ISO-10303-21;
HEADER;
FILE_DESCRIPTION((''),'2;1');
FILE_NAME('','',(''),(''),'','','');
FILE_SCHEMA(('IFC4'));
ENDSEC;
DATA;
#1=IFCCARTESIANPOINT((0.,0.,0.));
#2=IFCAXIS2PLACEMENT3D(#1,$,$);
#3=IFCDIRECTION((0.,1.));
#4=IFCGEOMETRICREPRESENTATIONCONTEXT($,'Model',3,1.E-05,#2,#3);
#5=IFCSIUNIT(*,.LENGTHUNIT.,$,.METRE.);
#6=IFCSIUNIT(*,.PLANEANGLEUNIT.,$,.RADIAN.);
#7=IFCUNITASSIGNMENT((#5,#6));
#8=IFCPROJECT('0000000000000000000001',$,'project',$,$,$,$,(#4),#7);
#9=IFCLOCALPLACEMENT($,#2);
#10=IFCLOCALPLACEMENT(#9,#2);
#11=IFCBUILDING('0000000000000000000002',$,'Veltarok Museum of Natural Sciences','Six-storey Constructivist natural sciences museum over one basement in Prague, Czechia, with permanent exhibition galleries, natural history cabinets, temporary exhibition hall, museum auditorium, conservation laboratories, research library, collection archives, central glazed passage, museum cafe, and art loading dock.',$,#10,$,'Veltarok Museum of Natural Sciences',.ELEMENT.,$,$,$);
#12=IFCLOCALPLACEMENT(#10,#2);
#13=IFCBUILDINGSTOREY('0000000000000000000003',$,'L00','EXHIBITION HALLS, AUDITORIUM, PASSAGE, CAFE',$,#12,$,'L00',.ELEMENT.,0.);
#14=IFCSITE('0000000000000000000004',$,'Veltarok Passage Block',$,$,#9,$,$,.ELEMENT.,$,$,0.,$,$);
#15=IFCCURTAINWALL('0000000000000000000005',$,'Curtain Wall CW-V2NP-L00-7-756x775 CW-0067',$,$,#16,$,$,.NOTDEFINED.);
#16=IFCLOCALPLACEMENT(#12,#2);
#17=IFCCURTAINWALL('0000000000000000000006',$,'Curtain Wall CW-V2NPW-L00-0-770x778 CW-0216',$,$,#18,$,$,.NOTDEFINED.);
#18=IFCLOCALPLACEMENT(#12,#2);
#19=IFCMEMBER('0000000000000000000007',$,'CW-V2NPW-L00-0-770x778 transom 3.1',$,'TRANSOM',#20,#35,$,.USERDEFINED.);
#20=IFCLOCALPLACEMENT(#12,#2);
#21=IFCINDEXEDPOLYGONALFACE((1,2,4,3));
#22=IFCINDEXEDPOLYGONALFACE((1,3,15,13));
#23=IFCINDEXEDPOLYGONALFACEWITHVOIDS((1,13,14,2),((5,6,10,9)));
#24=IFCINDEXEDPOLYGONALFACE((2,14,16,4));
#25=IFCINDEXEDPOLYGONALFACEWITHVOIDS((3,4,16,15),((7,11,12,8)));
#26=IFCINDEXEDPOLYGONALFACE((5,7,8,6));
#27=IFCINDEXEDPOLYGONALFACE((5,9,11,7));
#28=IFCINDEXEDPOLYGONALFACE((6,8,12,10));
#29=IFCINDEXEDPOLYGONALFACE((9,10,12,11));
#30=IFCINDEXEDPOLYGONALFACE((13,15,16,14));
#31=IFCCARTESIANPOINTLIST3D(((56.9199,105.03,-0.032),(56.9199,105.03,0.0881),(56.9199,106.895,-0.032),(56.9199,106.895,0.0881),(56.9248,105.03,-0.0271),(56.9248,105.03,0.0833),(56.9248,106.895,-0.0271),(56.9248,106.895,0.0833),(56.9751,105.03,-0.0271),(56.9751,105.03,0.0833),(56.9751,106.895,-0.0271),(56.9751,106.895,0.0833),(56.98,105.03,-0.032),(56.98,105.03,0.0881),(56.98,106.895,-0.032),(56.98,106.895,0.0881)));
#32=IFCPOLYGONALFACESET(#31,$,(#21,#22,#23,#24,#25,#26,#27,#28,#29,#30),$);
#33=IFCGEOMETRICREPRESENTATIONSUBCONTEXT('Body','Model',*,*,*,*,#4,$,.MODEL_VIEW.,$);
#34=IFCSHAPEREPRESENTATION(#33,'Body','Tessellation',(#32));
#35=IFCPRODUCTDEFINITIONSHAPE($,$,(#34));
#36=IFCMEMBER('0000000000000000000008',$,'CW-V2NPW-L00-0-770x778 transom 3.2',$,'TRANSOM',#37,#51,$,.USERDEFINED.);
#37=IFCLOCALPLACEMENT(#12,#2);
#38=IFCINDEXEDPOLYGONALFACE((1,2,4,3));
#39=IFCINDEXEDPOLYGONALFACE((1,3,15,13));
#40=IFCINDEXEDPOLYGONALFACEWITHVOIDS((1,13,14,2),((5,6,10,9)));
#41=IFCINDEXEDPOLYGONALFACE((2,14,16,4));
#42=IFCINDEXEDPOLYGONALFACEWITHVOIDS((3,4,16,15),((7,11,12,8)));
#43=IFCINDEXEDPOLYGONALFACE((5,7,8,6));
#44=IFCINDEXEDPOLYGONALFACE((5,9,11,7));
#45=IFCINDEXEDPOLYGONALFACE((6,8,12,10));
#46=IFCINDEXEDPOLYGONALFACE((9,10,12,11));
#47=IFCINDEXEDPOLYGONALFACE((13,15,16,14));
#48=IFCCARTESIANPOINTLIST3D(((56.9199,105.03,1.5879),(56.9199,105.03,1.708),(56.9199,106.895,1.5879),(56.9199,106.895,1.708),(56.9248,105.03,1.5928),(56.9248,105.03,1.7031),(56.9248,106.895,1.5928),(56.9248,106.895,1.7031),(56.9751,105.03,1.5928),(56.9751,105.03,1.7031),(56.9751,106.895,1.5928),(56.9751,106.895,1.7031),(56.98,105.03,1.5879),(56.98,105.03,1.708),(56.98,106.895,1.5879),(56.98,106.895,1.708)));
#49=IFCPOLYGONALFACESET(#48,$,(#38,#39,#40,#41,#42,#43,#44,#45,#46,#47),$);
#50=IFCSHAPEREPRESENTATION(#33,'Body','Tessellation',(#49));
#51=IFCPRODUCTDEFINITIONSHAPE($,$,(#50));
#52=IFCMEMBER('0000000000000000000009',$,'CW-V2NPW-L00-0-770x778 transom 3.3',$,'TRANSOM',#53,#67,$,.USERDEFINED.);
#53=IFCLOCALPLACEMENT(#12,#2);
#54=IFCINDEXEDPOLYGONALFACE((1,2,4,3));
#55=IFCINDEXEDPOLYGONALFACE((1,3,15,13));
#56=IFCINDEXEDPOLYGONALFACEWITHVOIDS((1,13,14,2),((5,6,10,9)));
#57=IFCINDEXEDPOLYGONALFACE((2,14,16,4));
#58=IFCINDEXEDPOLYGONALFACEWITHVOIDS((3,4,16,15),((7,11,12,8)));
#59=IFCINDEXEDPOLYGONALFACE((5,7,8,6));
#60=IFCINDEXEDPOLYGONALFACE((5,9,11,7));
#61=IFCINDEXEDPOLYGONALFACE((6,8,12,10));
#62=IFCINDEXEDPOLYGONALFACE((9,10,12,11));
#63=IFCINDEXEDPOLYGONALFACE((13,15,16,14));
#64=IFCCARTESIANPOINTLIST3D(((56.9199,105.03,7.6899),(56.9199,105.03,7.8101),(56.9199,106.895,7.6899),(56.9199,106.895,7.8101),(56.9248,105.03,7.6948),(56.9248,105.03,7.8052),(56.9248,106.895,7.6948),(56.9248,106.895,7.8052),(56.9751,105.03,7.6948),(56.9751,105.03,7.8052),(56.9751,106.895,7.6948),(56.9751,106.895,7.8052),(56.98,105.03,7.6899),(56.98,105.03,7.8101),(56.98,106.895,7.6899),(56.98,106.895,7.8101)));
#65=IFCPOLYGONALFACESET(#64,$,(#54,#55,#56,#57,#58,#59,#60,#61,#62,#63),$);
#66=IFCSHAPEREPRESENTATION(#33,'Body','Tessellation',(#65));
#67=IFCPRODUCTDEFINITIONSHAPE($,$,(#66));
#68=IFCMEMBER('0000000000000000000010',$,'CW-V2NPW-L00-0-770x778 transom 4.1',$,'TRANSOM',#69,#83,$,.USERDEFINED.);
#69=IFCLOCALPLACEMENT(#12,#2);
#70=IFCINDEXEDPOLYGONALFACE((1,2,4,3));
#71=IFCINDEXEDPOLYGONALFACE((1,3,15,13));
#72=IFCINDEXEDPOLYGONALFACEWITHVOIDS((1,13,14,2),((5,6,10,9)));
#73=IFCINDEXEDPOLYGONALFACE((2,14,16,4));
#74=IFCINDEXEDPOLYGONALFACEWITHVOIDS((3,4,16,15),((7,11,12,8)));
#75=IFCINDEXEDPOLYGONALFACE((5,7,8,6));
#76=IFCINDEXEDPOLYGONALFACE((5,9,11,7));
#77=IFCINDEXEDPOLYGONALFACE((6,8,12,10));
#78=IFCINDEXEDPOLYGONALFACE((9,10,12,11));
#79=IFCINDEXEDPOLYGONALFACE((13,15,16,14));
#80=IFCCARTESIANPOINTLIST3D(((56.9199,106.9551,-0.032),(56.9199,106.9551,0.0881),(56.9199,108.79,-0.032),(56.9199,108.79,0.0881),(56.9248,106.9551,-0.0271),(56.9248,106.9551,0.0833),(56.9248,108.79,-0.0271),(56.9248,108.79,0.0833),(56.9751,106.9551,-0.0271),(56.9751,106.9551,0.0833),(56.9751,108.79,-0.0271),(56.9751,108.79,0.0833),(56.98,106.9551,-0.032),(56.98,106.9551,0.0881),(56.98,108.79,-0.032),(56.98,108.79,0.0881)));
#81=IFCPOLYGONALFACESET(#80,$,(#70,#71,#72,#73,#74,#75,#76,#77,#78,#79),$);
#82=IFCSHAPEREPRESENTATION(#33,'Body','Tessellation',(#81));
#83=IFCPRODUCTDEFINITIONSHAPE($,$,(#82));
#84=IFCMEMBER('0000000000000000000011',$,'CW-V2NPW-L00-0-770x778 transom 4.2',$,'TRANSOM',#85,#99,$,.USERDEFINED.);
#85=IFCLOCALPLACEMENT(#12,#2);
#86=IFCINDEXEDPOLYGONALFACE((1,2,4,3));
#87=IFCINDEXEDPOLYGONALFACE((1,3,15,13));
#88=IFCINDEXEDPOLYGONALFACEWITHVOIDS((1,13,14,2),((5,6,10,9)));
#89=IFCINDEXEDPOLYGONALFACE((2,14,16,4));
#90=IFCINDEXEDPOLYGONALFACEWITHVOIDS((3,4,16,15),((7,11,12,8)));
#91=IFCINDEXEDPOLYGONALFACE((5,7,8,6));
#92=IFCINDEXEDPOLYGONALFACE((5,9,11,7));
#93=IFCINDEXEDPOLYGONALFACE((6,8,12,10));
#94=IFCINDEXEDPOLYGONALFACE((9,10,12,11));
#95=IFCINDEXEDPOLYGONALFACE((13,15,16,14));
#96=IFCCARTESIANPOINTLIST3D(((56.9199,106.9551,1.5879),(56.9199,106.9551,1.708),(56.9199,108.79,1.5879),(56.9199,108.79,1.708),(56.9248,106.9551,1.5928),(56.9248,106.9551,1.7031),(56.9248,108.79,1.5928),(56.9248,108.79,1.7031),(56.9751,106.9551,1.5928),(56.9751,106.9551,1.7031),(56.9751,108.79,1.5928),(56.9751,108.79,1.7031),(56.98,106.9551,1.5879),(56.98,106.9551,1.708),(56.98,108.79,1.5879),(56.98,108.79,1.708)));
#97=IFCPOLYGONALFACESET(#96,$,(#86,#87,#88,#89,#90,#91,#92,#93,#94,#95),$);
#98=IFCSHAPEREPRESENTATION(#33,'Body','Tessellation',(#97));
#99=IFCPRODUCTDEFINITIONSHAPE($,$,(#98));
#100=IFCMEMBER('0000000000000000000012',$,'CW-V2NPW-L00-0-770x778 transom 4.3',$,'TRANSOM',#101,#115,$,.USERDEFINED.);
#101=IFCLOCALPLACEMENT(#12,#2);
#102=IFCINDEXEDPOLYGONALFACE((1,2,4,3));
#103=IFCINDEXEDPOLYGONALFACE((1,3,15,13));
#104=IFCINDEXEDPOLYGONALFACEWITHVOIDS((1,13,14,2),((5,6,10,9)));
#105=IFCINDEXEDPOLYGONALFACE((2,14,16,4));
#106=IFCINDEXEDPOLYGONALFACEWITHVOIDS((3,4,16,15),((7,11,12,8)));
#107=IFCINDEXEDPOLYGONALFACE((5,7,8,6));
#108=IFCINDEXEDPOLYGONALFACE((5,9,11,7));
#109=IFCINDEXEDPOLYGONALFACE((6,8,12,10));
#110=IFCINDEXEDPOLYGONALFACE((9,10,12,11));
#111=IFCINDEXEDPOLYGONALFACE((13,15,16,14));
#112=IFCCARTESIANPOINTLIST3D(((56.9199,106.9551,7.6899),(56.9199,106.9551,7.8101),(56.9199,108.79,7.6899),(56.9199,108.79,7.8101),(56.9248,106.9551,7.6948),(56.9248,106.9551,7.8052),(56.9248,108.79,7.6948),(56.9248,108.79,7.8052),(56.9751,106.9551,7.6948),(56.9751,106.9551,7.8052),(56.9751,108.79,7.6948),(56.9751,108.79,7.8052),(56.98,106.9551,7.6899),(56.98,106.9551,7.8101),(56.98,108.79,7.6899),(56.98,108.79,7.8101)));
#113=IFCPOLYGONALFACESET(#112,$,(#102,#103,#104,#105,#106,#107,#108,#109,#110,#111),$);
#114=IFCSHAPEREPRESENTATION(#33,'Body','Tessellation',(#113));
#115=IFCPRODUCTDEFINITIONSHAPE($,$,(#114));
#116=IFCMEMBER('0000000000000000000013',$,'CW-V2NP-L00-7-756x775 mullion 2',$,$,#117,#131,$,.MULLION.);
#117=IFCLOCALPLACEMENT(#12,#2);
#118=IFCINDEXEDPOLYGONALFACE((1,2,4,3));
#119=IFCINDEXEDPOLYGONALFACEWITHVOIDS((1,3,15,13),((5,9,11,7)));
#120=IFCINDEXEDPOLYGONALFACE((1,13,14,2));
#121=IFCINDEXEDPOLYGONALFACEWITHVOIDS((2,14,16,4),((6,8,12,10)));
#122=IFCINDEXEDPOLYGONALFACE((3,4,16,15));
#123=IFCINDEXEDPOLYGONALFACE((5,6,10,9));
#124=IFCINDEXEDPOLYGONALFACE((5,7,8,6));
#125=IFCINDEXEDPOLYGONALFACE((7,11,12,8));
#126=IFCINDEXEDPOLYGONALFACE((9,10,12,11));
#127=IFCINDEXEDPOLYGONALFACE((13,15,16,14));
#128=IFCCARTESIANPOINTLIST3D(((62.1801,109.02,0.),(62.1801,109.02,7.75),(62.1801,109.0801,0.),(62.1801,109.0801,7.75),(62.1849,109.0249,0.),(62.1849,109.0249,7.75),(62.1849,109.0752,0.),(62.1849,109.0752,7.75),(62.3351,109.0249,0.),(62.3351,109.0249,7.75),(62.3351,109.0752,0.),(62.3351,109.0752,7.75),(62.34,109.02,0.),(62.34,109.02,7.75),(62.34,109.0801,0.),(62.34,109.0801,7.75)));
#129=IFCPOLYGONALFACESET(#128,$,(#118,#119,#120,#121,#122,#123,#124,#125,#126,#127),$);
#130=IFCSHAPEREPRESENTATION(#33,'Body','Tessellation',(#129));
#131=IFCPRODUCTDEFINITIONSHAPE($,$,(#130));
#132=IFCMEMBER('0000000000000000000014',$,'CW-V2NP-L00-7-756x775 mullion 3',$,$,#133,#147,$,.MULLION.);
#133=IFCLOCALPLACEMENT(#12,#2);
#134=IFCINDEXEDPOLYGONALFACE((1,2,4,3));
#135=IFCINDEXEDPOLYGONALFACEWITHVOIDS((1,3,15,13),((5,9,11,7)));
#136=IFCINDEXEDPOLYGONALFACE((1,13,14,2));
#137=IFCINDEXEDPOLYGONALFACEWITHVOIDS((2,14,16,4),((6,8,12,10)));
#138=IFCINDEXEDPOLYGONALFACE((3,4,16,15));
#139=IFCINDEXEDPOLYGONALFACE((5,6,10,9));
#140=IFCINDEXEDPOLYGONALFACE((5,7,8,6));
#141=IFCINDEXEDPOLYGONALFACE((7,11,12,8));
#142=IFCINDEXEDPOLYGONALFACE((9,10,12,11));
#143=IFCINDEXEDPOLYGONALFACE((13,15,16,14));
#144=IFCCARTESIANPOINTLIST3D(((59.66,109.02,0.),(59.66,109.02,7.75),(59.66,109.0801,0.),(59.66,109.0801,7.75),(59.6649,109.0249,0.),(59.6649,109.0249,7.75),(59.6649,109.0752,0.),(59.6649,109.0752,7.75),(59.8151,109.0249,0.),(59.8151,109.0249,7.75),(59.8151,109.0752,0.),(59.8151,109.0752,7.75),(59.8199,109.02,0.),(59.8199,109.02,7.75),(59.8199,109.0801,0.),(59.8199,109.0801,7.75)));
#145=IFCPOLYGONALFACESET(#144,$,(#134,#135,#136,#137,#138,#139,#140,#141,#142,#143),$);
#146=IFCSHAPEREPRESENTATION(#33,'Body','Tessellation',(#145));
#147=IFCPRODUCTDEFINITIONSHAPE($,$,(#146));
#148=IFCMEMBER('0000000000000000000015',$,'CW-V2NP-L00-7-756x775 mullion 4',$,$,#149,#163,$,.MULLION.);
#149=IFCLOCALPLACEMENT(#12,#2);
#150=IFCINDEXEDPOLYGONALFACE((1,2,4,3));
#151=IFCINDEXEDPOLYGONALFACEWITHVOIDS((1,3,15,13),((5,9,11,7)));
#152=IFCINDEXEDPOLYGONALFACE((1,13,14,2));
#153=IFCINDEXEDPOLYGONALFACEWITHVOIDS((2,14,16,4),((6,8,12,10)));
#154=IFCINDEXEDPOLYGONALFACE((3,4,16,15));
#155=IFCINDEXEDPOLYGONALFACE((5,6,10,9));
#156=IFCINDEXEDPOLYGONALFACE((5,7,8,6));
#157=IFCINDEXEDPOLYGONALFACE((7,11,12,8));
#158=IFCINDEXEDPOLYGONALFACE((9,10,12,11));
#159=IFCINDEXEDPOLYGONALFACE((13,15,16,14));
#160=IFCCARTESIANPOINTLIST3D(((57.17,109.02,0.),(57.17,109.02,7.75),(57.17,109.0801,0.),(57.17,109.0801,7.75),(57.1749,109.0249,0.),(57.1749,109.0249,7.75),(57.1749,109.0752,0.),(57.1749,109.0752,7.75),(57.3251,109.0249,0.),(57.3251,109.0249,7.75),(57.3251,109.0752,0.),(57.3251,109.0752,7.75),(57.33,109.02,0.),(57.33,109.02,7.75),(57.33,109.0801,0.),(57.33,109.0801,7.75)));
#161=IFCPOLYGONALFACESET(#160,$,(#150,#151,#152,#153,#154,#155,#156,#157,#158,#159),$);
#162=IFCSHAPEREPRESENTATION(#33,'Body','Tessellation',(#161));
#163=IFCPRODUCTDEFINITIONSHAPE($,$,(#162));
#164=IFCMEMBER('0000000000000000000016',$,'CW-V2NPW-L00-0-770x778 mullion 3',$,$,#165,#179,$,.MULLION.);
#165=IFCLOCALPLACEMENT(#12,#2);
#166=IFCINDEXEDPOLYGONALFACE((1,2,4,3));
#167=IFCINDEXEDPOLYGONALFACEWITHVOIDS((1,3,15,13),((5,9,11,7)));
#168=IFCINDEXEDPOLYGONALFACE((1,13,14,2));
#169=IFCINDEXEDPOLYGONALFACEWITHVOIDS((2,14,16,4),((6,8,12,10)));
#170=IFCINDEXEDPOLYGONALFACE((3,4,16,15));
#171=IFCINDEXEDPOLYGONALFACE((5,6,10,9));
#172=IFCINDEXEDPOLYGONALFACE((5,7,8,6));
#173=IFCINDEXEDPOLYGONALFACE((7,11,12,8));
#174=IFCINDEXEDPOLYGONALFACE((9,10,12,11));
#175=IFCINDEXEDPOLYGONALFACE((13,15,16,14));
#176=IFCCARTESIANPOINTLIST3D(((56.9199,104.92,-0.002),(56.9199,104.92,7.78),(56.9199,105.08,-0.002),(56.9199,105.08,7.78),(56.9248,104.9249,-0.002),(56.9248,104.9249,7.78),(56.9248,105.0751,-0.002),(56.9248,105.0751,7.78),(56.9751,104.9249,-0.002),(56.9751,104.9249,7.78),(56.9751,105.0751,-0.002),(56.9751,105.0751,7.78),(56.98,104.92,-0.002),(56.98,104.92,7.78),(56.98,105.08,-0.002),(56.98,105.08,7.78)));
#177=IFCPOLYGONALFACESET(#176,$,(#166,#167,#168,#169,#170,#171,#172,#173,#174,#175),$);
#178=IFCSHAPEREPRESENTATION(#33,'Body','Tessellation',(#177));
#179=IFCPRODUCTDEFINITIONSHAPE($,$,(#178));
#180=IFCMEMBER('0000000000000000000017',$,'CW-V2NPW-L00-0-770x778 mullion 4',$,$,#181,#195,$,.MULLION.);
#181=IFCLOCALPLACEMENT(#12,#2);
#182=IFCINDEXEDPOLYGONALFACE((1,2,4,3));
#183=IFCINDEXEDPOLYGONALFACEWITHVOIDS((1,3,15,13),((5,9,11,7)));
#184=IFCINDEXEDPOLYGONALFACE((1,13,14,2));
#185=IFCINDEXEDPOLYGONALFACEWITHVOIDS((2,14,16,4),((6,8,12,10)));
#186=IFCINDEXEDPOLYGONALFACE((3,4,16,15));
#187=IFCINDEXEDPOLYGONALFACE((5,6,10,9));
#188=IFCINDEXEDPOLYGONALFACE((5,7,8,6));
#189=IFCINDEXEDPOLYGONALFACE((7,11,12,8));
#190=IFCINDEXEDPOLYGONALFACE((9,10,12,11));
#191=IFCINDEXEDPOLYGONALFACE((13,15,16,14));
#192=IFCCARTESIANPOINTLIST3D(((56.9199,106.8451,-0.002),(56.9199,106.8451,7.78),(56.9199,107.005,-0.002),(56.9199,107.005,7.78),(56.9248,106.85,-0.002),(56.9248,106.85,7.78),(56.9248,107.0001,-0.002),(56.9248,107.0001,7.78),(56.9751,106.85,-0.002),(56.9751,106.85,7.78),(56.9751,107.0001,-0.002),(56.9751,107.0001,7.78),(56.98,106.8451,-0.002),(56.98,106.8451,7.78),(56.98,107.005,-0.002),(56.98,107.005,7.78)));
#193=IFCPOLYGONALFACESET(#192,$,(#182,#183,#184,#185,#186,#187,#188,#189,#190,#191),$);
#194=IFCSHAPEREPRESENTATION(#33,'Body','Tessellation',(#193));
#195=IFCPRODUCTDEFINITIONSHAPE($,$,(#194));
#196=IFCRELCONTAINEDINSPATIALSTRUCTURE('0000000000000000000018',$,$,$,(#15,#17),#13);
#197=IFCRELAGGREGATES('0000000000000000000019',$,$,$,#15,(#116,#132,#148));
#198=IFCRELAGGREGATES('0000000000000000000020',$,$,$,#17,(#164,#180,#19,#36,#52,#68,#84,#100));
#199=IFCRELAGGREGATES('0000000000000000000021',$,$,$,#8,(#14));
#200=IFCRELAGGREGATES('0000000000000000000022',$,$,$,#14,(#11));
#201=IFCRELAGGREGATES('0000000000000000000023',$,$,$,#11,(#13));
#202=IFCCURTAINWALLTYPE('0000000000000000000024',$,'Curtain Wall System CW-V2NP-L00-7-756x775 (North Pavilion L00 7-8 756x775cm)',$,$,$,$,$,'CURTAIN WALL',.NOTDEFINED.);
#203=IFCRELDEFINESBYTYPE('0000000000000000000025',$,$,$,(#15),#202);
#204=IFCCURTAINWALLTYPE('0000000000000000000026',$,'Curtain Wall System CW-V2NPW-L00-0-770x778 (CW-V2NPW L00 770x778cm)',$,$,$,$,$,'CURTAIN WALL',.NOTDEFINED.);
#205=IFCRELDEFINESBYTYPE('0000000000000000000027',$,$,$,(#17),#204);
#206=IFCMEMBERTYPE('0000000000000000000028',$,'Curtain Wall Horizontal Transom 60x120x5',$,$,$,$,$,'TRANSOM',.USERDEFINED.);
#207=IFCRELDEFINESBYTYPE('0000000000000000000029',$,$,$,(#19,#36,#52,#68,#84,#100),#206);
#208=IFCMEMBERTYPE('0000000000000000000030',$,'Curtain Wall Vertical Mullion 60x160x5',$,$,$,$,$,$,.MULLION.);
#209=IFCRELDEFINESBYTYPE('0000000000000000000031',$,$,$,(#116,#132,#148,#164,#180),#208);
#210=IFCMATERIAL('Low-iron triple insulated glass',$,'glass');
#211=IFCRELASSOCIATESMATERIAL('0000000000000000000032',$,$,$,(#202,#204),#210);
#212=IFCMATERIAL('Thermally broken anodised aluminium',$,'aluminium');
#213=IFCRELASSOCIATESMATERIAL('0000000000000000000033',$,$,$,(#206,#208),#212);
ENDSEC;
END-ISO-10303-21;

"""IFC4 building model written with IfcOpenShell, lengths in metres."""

from ifc_helpers import new_model, si_unit, direction, frame, origin, origin_2d, place, context, subcontext, project, spatial, hollow_rectangle, extrude, material, material_profile, profile_set, type_object, element, aggregate, save


model = new_model("IFC4")

# Units and contexts
model_context = context("Model", 3, precision=1e-05, world=origin(), true_north=direction((0.0, 1.0)))
body_context = subcontext(model_context, "Body", "Model", "MODEL_VIEW")
ifc_project = project(units=[si_unit("LENGTHUNIT", "METRE"), si_unit("PLANEANGLEUNIT", "RADIAN")], contexts=[model_context])

# Site, building, storey
site_placement = place(None, origin())
site = spatial("IfcSite", under=ifc_project, at=site_placement, Name="Veltarok Passage Block", CompositionType="ELEMENT", RefElevation=0.0)
building_placement = place(site_placement, origin())
building = spatial("IfcBuilding", under=site, at=building_placement, Name="Veltarok Museum of Natural Sciences", Description="Six-storey Constructivist natural sciences museum over one basement in Prague, Czechia, with permanent exhibition galleries, natural history cabinets, temporary exhibition hall, museum auditorium, conservation laboratories, research library, collection archives, central glazed passage, museum cafe, and art loading dock.", LongName="Veltarok Museum of Natural Sciences", CompositionType="ELEMENT")
storey_placement = place(building_placement, origin())
storey = spatial("IfcBuildingStorey", under=building, at=storey_placement, Name="L00", Description="EXHIBITION HALLS, AUDITORIUM, PASSAGE, CAFE", LongName="L00", CompositionType="ELEMENT", Elevation=0.0)

# Curtain walls, members
ifc_material_1 = material(Name="Low-iron triple insulated glass", Category="glass")
curtain_wall_type_1 = type_object("IfcCurtainWallType", Name="Curtain Wall System CW-V2NP-L00-7-756x775 (North Pavilion L00 7-8 756x775cm)", ElementType="CURTAIN WALL", PredefinedType="NOTDEFINED", material=ifc_material_1)
curtain_wall_1_placement = place(storey_placement, origin())
curtain_wall_1 = element("IfcCurtainWall", 1, at=curtain_wall_1_placement, inside=storey, type_object=curtain_wall_type_1, Name="Curtain Wall CW-V2NP-L00-7-756x775 CW-0067", PredefinedType="NOTDEFINED")
ifc_material_2 = material(Name="Thermally broken anodised aluminium", Category="aluminium")
ifc_material_profile_1 = material_profile(ifc_material_2, hollow_rectangle(XDim=0.0601, YDim=0.1201, WallThickness=0.0049, at=origin_2d()), Name="CW TRANSOM 60x120x5")
ifc_profile_set_1 = profile_set([ifc_material_profile_1], Name="Thermally broken anodised aluminium")
member_type_1 = type_object("IfcMemberType", Name="Curtain Wall Horizontal Transom 60x120x5", ElementType="TRANSOM", PredefinedType="USERDEFINED", material=ifc_profile_set_1)
curtain_wall_type_2 = type_object("IfcCurtainWallType", Name="Curtain Wall System CW-V2NPW-L00-0-770x778 (CW-V2NPW L00 770x778cm)", ElementType="CURTAIN WALL", PredefinedType="NOTDEFINED", material=ifc_material_1)
curtain_wall_2_placement = place(storey_placement, origin())
curtain_wall_2 = element("IfcCurtainWall", 2, at=curtain_wall_2_placement, inside=storey, type_object=curtain_wall_type_2, Name="Curtain Wall CW-V2NPW-L00-0-770x778 CW-0216", PredefinedType="NOTDEFINED")
member_1_placement = place(storey_placement, frame((56.95, 105.03, 0.0281), z_axis=(0.0, 1.0, 0.0), x_axis=(-1.0, 0.0, 0.0)))
member_1 = element("IfcMember", 3, at=member_1_placement, type_object=member_type_1, Name="CW-V2NPW-L00-0-770x778 transom 3.1", ObjectType="TRANSOM", PredefinedType="USERDEFINED", context=body_context, shape_type="SweptSolid", body=[
    extrude(hollow_rectangle(XDim=0.0601, YDim=0.1201, WallThickness=0.0049, at=origin_2d()), origin(), (0.0, 0.0, 1.0), 1.865),
])
member_2_placement = place(storey_placement, frame((56.95, 105.03, 1.6479), z_axis=(0.0, 1.0, 0.0), x_axis=(-1.0, 0.0, 0.0)))
member_2 = element("IfcMember", 4, at=member_2_placement, type_object=member_type_1, Name="CW-V2NPW-L00-0-770x778 transom 3.2", ObjectType="TRANSOM", PredefinedType="USERDEFINED", context=body_context, shape_type="SweptSolid", body=[
    extrude(hollow_rectangle(XDim=0.0601, YDim=0.1201, WallThickness=0.0049, at=origin_2d()), origin(), (0.0, 0.0, 1.0), 1.865),
])
member_3_placement = place(storey_placement, frame((56.95, 105.03, 7.75), z_axis=(0.0, 1.0, 0.0), x_axis=(-1.0, 0.0, 0.0)))
member_3 = element("IfcMember", 5, at=member_3_placement, type_object=member_type_1, Name="CW-V2NPW-L00-0-770x778 transom 3.3", ObjectType="TRANSOM", PredefinedType="USERDEFINED", context=body_context, shape_type="SweptSolid", body=[
    extrude(hollow_rectangle(XDim=0.0601, YDim=0.1201, WallThickness=0.0049, at=origin_2d()), origin(), (0.0, 0.0, 1.0), 1.865),
])
member_4_placement = place(storey_placement, frame((56.95, 106.9551, 0.0281), z_axis=(0.0, 1.0, 0.0), x_axis=(-1.0, 0.0, 0.0)))
member_4 = element("IfcMember", 6, at=member_4_placement, type_object=member_type_1, Name="CW-V2NPW-L00-0-770x778 transom 4.1", ObjectType="TRANSOM", PredefinedType="USERDEFINED", context=body_context, shape_type="SweptSolid", body=[
    extrude(hollow_rectangle(XDim=0.0601, YDim=0.1201, WallThickness=0.0049, at=origin_2d()), origin(), (0.0, 0.0, 1.0), 1.835),
])
member_5_placement = place(storey_placement, frame((56.95, 106.9551, 1.6479), z_axis=(0.0, 1.0, 0.0), x_axis=(-1.0, 0.0, 0.0)))
member_5 = element("IfcMember", 7, at=member_5_placement, type_object=member_type_1, Name="CW-V2NPW-L00-0-770x778 transom 4.2", ObjectType="TRANSOM", PredefinedType="USERDEFINED", context=body_context, shape_type="SweptSolid", body=[
    extrude(hollow_rectangle(XDim=0.0601, YDim=0.1201, WallThickness=0.0049, at=origin_2d()), origin(), (0.0, 0.0, 1.0), 1.835),
])
member_6_placement = place(storey_placement, frame((56.95, 106.9551, 7.75), z_axis=(0.0, 1.0, 0.0), x_axis=(-1.0, 0.0, 0.0)))
member_6 = element("IfcMember", 8, at=member_6_placement, type_object=member_type_1, Name="CW-V2NPW-L00-0-770x778 transom 4.3", ObjectType="TRANSOM", PredefinedType="USERDEFINED", context=body_context, shape_type="SweptSolid", body=[
    extrude(hollow_rectangle(XDim=0.0601, YDim=0.1201, WallThickness=0.0049, at=origin_2d()), origin(), (0.0, 0.0, 1.0), 1.835),
])

# Members
ifc_material_profile_2 = material_profile(ifc_material_2, hollow_rectangle(XDim=0.0601, YDim=0.1599, WallThickness=0.0049, at=origin_2d()), Name="CW MULLION 60x160x5")
ifc_profile_set_2 = profile_set([ifc_material_profile_2], Name="Thermally broken anodised aluminium")
member_type_2 = type_object("IfcMemberType", Name="Curtain Wall Vertical Mullion 60x160x5", PredefinedType="MULLION", material=ifc_profile_set_2)
member_7_placement = place(storey_placement, frame((62.26, 109.05, 0.0), z_axis=(0.0, 0.0, 1.0), x_axis=(0.0, -1.0, 0.0)))
member_7 = element("IfcMember", 9, at=member_7_placement, type_object=member_type_2, Name="CW-V2NP-L00-7-756x775 mullion 2", PredefinedType="MULLION", context=body_context, shape_type="SweptSolid", body=[
    extrude(hollow_rectangle(XDim=0.0601, YDim=0.1599, WallThickness=0.0049, at=origin_2d()), origin(), (0.0, 0.0, 1.0), 7.75),
])
member_8_placement = place(storey_placement, frame((59.74, 109.05, 0.0), z_axis=(0.0, 0.0, 1.0), x_axis=(0.0, -1.0, 0.0)))
member_8 = element("IfcMember", 10, at=member_8_placement, type_object=member_type_2, Name="CW-V2NP-L00-7-756x775 mullion 3", PredefinedType="MULLION", context=body_context, shape_type="SweptSolid", body=[
    extrude(hollow_rectangle(XDim=0.0601, YDim=0.1599, WallThickness=0.0049, at=origin_2d()), origin(), (0.0, 0.0, 1.0), 7.75),
])
member_9_placement = place(storey_placement, frame((57.25, 109.05, 0.0), z_axis=(0.0, 0.0, 1.0), x_axis=(0.0, -1.0, 0.0)))
member_9 = element("IfcMember", 11, at=member_9_placement, type_object=member_type_2, Name="CW-V2NP-L00-7-756x775 mullion 4", PredefinedType="MULLION", context=body_context, shape_type="SweptSolid", body=[
    extrude(hollow_rectangle(XDim=0.0601, YDim=0.1599, WallThickness=0.0049, at=origin_2d()), origin(), (0.0, 0.0, 1.0), 7.75),
])
member_10_placement = place(storey_placement, frame((56.95, 105.0, -0.002), z_axis=(0.0, 0.0, 1.0), x_axis=(-1.0, 0.0, 0.0)))
member_10 = element("IfcMember", 12, at=member_10_placement, type_object=member_type_2, Name="CW-V2NPW-L00-0-770x778 mullion 3", PredefinedType="MULLION", context=body_context, shape_type="SweptSolid", body=[
    extrude(hollow_rectangle(XDim=0.0601, YDim=0.1599, WallThickness=0.0049, at=origin_2d()), origin(), (0.0, 0.0, 1.0), 7.782),
])
member_11_placement = place(storey_placement, frame((56.95, 106.925, -0.002), z_axis=(0.0, 0.0, 1.0), x_axis=(-1.0, 0.0, 0.0)))
member_11 = element("IfcMember", 13, at=member_11_placement, type_object=member_type_2, Name="CW-V2NPW-L00-0-770x778 mullion 4", PredefinedType="MULLION", context=body_context, shape_type="SweptSolid", body=[
    extrude(hollow_rectangle(XDim=0.0601, YDim=0.1599, WallThickness=0.0049, at=origin_2d()), origin(), (0.0, 0.0, 1.0), 7.782),
])

aggregate(curtain_wall_1, [member_7, member_8, member_9])
aggregate(curtain_wall_2, [member_10, member_11, member_1, member_2, member_3, member_4, member_5, member_6])

save(model, "model.ifc")
